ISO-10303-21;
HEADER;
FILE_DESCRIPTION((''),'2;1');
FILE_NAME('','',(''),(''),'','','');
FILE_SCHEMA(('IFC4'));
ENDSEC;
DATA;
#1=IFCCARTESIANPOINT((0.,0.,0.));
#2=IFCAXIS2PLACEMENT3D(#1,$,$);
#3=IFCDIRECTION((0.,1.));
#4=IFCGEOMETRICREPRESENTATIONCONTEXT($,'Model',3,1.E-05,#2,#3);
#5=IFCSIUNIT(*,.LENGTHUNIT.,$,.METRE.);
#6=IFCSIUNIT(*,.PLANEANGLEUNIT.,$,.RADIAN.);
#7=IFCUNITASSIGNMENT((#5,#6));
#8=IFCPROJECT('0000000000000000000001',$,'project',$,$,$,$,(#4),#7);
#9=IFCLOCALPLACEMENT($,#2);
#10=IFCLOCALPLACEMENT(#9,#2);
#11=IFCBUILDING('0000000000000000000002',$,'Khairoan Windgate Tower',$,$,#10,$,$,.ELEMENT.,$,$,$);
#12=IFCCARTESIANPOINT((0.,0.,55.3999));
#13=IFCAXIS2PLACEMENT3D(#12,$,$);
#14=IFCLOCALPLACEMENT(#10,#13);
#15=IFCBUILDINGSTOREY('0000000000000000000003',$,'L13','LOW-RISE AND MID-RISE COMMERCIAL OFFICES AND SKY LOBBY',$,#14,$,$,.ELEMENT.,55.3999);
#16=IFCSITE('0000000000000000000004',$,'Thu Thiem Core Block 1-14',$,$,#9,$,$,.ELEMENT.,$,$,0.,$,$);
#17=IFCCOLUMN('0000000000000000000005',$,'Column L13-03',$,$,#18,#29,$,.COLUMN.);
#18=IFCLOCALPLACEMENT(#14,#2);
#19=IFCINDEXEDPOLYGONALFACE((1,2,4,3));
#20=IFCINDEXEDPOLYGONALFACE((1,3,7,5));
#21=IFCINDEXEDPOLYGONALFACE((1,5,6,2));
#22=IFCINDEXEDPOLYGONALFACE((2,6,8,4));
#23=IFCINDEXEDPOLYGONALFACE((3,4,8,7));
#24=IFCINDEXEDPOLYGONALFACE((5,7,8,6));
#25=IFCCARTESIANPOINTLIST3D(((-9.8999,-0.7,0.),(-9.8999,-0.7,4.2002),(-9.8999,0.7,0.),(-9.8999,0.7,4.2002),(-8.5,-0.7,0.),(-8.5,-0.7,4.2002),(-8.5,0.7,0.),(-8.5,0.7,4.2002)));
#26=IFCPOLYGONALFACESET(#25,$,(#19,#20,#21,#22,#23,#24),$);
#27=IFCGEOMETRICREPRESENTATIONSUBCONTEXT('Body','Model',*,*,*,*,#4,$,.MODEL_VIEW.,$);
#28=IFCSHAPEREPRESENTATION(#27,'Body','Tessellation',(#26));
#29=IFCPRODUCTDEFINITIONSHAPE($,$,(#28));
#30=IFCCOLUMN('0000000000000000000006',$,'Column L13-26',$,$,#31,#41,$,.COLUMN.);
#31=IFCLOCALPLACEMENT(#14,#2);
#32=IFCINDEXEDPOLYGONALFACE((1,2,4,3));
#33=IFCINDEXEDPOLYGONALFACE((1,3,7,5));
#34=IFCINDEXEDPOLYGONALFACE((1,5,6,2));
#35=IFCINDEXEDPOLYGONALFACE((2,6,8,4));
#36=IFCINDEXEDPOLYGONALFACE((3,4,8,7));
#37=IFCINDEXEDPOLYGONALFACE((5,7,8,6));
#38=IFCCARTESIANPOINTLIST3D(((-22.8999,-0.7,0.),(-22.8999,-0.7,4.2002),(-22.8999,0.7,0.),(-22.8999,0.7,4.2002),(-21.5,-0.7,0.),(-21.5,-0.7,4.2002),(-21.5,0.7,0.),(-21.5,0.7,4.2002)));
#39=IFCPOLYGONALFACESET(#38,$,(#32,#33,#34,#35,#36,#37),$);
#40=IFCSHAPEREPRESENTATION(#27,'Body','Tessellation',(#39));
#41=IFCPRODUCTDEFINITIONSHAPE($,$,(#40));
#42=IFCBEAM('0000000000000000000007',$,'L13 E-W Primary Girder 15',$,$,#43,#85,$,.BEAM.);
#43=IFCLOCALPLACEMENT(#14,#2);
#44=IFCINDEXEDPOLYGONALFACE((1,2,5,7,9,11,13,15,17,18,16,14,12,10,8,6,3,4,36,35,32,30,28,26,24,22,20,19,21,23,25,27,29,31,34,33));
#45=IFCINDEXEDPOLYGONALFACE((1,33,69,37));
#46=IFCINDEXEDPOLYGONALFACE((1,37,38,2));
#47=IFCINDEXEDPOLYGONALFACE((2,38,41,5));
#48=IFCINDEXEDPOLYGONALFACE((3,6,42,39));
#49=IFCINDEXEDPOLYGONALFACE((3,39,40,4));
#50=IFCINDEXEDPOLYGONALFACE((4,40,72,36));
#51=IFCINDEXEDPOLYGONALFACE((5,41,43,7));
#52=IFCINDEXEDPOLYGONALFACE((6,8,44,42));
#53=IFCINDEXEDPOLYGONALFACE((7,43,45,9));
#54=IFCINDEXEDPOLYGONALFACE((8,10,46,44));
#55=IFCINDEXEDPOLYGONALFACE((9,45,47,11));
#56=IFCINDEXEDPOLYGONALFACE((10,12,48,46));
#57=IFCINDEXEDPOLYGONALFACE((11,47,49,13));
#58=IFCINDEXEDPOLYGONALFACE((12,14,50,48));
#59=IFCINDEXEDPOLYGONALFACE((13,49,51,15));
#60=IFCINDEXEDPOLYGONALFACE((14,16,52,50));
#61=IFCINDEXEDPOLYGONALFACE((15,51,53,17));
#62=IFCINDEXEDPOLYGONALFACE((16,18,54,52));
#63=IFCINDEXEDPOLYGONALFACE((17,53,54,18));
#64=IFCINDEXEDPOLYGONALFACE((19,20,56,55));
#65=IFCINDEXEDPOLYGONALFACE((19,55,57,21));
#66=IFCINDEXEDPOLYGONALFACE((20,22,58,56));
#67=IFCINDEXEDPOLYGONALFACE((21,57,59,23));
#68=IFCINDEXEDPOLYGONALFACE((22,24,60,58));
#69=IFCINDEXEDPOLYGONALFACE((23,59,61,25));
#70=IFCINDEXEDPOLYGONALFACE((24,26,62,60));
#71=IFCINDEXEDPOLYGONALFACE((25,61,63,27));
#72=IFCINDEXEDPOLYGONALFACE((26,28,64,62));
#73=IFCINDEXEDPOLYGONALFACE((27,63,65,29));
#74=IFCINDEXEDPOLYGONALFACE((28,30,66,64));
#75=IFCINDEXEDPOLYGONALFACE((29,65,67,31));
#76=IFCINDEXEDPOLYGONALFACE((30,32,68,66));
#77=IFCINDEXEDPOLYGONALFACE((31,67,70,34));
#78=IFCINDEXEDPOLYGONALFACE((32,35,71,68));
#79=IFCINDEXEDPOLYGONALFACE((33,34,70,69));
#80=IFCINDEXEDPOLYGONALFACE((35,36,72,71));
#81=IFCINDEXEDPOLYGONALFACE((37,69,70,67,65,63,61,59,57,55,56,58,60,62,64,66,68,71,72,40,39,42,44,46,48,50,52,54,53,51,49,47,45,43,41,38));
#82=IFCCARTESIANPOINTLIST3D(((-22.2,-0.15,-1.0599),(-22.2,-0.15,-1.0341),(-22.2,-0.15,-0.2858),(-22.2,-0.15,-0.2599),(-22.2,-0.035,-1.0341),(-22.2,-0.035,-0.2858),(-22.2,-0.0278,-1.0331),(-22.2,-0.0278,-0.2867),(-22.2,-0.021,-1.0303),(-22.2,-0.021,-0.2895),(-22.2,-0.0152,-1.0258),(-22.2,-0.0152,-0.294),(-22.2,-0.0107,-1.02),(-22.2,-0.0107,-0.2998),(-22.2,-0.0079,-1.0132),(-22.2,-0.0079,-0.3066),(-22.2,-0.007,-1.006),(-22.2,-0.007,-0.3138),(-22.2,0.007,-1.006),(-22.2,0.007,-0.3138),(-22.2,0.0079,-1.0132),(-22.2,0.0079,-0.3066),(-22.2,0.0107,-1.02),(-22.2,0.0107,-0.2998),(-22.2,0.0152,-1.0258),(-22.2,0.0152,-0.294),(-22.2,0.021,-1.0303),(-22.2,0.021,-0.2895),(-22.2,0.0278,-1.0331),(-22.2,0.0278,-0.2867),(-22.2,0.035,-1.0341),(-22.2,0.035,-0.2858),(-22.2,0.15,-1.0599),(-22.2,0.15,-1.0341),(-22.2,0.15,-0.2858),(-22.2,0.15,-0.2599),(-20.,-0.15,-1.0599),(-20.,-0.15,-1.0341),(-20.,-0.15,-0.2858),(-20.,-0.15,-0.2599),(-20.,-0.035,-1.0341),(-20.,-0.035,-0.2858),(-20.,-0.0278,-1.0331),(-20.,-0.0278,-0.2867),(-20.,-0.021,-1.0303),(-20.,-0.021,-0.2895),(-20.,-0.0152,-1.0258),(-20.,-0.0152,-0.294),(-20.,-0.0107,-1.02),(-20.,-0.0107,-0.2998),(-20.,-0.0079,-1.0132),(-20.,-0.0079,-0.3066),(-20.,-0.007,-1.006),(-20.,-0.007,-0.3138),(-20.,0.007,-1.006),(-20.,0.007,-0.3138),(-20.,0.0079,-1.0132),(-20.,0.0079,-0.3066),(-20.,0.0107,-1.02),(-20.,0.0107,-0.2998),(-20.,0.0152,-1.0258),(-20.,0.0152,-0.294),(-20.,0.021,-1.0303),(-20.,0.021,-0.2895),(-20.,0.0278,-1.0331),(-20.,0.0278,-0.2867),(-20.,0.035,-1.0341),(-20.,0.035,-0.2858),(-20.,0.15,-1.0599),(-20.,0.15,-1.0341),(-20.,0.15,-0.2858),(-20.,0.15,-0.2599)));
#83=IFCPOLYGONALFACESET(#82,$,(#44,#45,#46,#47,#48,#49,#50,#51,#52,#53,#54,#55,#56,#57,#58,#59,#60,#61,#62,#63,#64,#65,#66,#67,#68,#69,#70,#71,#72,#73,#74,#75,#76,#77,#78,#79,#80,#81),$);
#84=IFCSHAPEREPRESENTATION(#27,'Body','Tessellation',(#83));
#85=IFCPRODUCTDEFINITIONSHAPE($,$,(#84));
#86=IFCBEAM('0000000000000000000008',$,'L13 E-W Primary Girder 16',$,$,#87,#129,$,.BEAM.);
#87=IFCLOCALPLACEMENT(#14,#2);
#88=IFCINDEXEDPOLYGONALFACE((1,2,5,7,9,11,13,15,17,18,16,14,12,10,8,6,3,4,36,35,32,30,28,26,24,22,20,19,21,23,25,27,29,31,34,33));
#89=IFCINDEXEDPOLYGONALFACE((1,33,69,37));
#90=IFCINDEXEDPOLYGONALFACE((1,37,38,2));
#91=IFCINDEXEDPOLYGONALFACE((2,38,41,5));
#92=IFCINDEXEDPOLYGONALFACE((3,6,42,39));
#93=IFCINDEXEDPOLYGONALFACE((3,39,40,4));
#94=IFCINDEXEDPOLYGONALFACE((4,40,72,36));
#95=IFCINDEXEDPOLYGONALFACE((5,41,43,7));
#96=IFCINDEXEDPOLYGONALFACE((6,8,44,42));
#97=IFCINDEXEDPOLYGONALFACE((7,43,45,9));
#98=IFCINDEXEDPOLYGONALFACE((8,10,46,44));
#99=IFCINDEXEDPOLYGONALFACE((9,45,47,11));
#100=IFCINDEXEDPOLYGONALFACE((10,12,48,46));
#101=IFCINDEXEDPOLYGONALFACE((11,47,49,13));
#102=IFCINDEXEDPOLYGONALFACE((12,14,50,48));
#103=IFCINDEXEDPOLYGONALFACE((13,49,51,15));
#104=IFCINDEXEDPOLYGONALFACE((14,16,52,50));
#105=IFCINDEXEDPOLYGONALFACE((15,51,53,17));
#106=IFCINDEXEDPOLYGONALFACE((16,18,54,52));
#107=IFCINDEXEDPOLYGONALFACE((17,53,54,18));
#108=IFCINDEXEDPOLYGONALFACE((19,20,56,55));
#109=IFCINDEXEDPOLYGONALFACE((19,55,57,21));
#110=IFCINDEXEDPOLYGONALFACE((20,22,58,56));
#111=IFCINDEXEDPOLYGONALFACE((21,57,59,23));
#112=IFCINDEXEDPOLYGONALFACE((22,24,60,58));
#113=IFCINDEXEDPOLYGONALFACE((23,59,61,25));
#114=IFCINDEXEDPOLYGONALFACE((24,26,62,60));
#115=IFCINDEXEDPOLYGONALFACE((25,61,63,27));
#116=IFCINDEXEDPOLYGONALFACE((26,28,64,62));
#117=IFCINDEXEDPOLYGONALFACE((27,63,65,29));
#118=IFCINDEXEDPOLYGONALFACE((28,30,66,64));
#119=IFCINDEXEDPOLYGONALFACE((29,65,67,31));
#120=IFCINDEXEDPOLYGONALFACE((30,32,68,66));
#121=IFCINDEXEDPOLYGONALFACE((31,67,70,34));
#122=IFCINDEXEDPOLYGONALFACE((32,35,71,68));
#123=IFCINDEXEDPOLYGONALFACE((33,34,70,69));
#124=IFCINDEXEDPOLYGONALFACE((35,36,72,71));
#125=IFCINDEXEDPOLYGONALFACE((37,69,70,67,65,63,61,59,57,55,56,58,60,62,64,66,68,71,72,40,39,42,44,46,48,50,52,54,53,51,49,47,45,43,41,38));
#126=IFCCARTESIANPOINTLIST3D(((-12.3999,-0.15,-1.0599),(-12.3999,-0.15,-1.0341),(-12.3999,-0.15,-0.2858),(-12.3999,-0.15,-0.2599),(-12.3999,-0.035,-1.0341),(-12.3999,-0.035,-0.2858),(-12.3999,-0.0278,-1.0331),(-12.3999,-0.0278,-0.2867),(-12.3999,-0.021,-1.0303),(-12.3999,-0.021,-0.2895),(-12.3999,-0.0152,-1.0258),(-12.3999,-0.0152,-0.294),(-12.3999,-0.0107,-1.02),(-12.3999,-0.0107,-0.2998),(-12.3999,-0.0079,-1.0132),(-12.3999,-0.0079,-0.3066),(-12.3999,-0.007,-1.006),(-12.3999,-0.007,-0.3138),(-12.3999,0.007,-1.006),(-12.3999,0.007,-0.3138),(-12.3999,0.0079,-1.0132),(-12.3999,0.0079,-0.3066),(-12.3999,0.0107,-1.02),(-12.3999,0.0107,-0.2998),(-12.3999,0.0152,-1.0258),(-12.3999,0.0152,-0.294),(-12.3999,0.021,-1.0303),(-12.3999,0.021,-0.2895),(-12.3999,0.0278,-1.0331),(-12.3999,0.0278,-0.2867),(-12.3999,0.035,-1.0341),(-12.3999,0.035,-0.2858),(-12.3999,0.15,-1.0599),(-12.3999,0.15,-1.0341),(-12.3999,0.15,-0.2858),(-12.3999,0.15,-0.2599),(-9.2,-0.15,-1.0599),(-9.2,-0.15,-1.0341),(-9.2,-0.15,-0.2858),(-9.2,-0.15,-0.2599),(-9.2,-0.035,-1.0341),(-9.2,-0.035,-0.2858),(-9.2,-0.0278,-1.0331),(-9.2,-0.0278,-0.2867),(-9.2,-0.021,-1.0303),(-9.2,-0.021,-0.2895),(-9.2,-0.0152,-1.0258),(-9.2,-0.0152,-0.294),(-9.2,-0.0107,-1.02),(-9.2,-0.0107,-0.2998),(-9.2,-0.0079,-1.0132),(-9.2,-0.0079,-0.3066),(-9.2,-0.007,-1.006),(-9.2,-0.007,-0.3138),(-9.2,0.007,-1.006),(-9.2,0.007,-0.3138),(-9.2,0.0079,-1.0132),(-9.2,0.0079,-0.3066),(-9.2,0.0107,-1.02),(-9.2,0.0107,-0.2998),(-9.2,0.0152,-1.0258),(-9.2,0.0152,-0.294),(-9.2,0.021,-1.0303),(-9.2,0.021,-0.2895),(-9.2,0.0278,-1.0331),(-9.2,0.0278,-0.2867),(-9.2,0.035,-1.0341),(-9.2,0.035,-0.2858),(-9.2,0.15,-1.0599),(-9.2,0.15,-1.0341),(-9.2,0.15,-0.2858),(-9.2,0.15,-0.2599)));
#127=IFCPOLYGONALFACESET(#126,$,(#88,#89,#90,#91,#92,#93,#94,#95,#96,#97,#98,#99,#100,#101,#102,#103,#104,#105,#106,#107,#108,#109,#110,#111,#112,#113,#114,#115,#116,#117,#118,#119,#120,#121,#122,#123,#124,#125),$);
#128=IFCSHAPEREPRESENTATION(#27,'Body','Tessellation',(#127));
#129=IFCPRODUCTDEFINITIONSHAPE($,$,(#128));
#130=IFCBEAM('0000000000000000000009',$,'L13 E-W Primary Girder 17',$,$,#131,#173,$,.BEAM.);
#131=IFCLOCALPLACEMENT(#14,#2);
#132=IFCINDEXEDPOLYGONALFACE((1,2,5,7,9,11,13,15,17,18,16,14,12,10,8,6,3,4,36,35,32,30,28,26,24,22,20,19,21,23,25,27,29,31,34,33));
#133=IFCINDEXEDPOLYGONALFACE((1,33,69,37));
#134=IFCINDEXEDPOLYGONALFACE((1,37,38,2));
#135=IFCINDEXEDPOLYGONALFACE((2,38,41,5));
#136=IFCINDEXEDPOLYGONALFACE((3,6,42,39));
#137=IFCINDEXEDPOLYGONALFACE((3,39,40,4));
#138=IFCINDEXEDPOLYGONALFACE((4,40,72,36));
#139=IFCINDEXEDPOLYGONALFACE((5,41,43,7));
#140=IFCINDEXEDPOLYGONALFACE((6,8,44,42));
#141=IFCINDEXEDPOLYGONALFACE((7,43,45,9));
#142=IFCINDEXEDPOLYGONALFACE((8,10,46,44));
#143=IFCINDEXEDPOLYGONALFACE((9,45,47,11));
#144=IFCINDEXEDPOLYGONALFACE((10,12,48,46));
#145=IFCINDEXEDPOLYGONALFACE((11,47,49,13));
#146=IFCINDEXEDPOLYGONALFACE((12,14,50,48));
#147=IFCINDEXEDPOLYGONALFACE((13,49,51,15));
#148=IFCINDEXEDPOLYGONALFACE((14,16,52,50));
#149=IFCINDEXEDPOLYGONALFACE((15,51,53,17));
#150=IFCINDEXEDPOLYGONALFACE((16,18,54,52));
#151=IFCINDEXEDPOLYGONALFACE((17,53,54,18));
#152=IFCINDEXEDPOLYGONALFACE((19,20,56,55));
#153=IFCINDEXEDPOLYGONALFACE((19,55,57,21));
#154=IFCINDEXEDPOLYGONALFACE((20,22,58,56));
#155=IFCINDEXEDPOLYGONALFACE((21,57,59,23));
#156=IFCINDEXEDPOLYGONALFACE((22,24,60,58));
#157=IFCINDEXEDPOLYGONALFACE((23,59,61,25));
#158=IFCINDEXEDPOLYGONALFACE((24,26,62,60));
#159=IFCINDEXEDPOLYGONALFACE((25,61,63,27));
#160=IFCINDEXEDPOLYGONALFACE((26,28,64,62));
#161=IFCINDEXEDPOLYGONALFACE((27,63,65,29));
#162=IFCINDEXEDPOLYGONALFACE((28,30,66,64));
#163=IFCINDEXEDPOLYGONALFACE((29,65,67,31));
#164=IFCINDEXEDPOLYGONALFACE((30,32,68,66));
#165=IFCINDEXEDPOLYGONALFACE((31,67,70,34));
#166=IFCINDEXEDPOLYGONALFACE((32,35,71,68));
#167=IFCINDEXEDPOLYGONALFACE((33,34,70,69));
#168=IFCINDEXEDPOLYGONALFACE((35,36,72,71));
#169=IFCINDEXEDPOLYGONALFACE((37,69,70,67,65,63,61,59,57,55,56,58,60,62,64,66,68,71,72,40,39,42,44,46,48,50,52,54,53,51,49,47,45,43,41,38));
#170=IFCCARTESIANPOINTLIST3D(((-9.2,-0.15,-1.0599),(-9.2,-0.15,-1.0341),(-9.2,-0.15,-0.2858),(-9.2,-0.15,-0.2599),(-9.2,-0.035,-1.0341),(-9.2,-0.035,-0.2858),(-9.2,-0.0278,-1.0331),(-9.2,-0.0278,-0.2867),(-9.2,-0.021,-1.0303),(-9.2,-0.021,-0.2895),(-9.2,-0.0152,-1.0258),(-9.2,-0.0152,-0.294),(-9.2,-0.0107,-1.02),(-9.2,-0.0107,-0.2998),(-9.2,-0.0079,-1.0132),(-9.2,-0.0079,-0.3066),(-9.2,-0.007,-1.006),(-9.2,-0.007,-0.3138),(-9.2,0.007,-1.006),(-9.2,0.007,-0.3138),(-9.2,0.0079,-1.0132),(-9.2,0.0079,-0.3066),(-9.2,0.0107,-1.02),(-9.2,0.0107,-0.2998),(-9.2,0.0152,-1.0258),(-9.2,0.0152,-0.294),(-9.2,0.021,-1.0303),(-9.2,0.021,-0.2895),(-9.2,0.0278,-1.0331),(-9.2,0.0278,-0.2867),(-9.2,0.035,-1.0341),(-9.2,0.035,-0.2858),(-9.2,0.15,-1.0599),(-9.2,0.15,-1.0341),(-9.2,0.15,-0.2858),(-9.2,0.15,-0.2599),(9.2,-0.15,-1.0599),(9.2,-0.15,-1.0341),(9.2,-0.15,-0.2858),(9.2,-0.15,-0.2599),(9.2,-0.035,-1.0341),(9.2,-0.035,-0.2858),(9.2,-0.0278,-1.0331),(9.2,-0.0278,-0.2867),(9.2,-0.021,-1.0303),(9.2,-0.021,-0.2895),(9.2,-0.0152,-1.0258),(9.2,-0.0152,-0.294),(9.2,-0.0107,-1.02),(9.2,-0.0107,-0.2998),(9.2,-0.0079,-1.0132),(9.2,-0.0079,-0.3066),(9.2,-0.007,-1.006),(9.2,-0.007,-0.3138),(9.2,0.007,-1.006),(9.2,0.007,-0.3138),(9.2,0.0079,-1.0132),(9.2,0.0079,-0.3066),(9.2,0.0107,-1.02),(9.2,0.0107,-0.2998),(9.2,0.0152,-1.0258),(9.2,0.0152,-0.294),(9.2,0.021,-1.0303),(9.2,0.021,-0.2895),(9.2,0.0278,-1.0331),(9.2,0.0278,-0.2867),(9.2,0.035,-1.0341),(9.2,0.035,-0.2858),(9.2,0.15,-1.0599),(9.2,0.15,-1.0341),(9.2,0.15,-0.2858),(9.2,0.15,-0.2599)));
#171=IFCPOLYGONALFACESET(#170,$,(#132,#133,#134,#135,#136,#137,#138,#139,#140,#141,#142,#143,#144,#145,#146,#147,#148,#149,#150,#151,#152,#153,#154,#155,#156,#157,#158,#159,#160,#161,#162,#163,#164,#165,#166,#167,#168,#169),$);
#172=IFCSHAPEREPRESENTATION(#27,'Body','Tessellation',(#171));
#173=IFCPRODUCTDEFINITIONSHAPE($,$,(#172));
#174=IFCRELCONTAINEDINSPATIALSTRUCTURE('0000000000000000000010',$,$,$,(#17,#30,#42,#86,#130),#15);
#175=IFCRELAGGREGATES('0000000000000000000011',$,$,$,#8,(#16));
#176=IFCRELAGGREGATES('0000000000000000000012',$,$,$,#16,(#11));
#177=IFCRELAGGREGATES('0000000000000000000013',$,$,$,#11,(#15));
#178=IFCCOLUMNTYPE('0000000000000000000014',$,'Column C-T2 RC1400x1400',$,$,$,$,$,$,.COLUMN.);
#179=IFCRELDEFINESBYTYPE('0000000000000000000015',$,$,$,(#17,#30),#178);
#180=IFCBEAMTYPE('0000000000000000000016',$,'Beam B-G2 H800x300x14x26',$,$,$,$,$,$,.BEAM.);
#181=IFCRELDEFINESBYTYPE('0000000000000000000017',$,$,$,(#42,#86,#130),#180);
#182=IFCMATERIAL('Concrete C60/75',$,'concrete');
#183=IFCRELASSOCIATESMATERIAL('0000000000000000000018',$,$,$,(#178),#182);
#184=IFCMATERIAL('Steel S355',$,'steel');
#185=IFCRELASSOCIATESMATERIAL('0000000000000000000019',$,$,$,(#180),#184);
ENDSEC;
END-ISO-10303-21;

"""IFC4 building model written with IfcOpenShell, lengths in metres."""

from ifc_helpers import new_model, si_unit, direction, frame, origin, origin_2d, place, context, subcontext, project, spatial, rectangle, i_section, extrude, material, material_profile, profile_set, type_object, element, save


model = new_model("IFC4")

# Units and contexts
model_context = context("Model", 3, precision=1e-05, world=origin(), true_north=direction((0.0, 1.0)))
body_context = subcontext(model_context, "Body", "Model", "MODEL_VIEW")
ifc_project = project(units=[si_unit("LENGTHUNIT", "METRE"), si_unit("PLANEANGLEUNIT", "RADIAN")], contexts=[model_context])

# Site, building, storey
site_placement = place(None, origin())
site = spatial("IfcSite", under=ifc_project, at=site_placement, Name="Thu Thiem Core Block 1-14", CompositionType="ELEMENT", RefElevation=0.0)
building_placement = place(site_placement, origin())
building = spatial("IfcBuilding", under=site, at=building_placement, Name="Khairoan Windgate Tower", CompositionType="ELEMENT")
storey_placement = place(building_placement, frame((0.0, 0.0, 55.3999)))
storey = spatial("IfcBuildingStorey", under=building, at=storey_placement, Name="L13", Description="LOW-RISE AND MID-RISE COMMERCIAL OFFICES AND SKY LOBBY", CompositionType="ELEMENT", Elevation=55.3999)

# Columns
ifc_material_1 = material(Name="Concrete C60/75", Category="concrete")
ifc_material_profile_1 = material_profile(ifc_material_1, rectangle(XDim=1.3999, YDim=1.3999, at=origin_2d()))
ifc_profile_set_1 = profile_set([ifc_material_profile_1], Name="Concrete C60/75")
column_type = type_object("IfcColumnType", Name="Column C-T2 RC1400x1400", PredefinedType="COLUMN", material=ifc_profile_set_1)
for number, where, z_axis, x_axis, name in (
    (1, (-9.2, 0.0, 0.0), (0.0, 0.0, 1.0), (1.0, 0.0, 0.0), "Column L13-03"),
    (2, (-22.2, 0.0, 0.0), (0.0, 0.0, 1.0), (1.0, 0.0, 0.0), "Column L13-26"),
):
    element("IfcColumn", number, at=place(storey_placement, frame(where, z_axis=z_axis, x_axis=x_axis)), inside=storey, type_object=column_type, Name=name, PredefinedType="COLUMN", context=body_context, shape_type="SweptSolid", body=[
        extrude(rectangle(XDim=1.3999, YDim=1.3999, at=origin_2d()), origin(), (0.0, 0.0, 1.0), 4.2002),
    ])

# Beams
ifc_material_2 = material(Name="Steel S355", Category="steel")
ifc_material_profile_2 = material_profile(ifc_material_2, i_section(OverallWidth=0.3, OverallDepth=0.8, WebThickness=0.0139, FlangeThickness=0.0259, FilletRadius=0.0281, at=origin_2d()))
ifc_profile_set_2 = profile_set([ifc_material_profile_2], Name="Steel S355")
beam_type_1 = type_object("IfcBeamType", Name="Beam B-G2 H800x300x14x26", PredefinedType="BEAM", material=ifc_profile_set_2)
beam_1_placement = place(storey_placement, frame((-22.2, 0.0, -0.6599), z_axis=(1.0, 0.0, 0.0), x_axis=(0.0, 1.0, 0.0)))
element("IfcBeam", 3, at=beam_1_placement, inside=storey, type_object=beam_type_1, Name="L13 E-W Primary Girder 15", PredefinedType="BEAM", context=body_context, shape_type="SweptSolid", body=[
    extrude(i_section(OverallWidth=0.3, OverallDepth=0.8, WebThickness=0.0139, FlangeThickness=0.0259, FilletRadius=0.0281, at=origin_2d()), origin(), (0.0, 0.0, 1.0), 2.2),
])
beam_2_placement = place(storey_placement, frame((-12.3999, 0.0, -0.6599), z_axis=(1.0, 0.0, 0.0), x_axis=(0.0, 1.0, 0.0)))
element("IfcBeam", 4, at=beam_2_placement, inside=storey, type_object=beam_type_1, Name="L13 E-W Primary Girder 16", PredefinedType="BEAM", context=body_context, shape_type="SweptSolid", body=[
    extrude(i_section(OverallWidth=0.3, OverallDepth=0.8, WebThickness=0.0139, FlangeThickness=0.0259, FilletRadius=0.0281, at=origin_2d()), origin(), (0.0, 0.0, 1.0), 3.2),
])
beam_3_placement = place(storey_placement, frame((-9.2, 0.0, -0.6599), z_axis=(1.0, 0.0, 0.0), x_axis=(0.0, 1.0, 0.0)))
element("IfcBeam", 5, at=beam_3_placement, inside=storey, type_object=beam_type_1, Name="L13 E-W Primary Girder 17", PredefinedType="BEAM", context=body_context, shape_type="SweptSolid", body=[
    extrude(i_section(OverallWidth=0.3, OverallDepth=0.8, WebThickness=0.0139, FlangeThickness=0.0259, FilletRadius=0.0281, at=origin_2d()), origin(), (0.0, 0.0, 1.0), 18.3999),
])

save(model, "model.ifc")
